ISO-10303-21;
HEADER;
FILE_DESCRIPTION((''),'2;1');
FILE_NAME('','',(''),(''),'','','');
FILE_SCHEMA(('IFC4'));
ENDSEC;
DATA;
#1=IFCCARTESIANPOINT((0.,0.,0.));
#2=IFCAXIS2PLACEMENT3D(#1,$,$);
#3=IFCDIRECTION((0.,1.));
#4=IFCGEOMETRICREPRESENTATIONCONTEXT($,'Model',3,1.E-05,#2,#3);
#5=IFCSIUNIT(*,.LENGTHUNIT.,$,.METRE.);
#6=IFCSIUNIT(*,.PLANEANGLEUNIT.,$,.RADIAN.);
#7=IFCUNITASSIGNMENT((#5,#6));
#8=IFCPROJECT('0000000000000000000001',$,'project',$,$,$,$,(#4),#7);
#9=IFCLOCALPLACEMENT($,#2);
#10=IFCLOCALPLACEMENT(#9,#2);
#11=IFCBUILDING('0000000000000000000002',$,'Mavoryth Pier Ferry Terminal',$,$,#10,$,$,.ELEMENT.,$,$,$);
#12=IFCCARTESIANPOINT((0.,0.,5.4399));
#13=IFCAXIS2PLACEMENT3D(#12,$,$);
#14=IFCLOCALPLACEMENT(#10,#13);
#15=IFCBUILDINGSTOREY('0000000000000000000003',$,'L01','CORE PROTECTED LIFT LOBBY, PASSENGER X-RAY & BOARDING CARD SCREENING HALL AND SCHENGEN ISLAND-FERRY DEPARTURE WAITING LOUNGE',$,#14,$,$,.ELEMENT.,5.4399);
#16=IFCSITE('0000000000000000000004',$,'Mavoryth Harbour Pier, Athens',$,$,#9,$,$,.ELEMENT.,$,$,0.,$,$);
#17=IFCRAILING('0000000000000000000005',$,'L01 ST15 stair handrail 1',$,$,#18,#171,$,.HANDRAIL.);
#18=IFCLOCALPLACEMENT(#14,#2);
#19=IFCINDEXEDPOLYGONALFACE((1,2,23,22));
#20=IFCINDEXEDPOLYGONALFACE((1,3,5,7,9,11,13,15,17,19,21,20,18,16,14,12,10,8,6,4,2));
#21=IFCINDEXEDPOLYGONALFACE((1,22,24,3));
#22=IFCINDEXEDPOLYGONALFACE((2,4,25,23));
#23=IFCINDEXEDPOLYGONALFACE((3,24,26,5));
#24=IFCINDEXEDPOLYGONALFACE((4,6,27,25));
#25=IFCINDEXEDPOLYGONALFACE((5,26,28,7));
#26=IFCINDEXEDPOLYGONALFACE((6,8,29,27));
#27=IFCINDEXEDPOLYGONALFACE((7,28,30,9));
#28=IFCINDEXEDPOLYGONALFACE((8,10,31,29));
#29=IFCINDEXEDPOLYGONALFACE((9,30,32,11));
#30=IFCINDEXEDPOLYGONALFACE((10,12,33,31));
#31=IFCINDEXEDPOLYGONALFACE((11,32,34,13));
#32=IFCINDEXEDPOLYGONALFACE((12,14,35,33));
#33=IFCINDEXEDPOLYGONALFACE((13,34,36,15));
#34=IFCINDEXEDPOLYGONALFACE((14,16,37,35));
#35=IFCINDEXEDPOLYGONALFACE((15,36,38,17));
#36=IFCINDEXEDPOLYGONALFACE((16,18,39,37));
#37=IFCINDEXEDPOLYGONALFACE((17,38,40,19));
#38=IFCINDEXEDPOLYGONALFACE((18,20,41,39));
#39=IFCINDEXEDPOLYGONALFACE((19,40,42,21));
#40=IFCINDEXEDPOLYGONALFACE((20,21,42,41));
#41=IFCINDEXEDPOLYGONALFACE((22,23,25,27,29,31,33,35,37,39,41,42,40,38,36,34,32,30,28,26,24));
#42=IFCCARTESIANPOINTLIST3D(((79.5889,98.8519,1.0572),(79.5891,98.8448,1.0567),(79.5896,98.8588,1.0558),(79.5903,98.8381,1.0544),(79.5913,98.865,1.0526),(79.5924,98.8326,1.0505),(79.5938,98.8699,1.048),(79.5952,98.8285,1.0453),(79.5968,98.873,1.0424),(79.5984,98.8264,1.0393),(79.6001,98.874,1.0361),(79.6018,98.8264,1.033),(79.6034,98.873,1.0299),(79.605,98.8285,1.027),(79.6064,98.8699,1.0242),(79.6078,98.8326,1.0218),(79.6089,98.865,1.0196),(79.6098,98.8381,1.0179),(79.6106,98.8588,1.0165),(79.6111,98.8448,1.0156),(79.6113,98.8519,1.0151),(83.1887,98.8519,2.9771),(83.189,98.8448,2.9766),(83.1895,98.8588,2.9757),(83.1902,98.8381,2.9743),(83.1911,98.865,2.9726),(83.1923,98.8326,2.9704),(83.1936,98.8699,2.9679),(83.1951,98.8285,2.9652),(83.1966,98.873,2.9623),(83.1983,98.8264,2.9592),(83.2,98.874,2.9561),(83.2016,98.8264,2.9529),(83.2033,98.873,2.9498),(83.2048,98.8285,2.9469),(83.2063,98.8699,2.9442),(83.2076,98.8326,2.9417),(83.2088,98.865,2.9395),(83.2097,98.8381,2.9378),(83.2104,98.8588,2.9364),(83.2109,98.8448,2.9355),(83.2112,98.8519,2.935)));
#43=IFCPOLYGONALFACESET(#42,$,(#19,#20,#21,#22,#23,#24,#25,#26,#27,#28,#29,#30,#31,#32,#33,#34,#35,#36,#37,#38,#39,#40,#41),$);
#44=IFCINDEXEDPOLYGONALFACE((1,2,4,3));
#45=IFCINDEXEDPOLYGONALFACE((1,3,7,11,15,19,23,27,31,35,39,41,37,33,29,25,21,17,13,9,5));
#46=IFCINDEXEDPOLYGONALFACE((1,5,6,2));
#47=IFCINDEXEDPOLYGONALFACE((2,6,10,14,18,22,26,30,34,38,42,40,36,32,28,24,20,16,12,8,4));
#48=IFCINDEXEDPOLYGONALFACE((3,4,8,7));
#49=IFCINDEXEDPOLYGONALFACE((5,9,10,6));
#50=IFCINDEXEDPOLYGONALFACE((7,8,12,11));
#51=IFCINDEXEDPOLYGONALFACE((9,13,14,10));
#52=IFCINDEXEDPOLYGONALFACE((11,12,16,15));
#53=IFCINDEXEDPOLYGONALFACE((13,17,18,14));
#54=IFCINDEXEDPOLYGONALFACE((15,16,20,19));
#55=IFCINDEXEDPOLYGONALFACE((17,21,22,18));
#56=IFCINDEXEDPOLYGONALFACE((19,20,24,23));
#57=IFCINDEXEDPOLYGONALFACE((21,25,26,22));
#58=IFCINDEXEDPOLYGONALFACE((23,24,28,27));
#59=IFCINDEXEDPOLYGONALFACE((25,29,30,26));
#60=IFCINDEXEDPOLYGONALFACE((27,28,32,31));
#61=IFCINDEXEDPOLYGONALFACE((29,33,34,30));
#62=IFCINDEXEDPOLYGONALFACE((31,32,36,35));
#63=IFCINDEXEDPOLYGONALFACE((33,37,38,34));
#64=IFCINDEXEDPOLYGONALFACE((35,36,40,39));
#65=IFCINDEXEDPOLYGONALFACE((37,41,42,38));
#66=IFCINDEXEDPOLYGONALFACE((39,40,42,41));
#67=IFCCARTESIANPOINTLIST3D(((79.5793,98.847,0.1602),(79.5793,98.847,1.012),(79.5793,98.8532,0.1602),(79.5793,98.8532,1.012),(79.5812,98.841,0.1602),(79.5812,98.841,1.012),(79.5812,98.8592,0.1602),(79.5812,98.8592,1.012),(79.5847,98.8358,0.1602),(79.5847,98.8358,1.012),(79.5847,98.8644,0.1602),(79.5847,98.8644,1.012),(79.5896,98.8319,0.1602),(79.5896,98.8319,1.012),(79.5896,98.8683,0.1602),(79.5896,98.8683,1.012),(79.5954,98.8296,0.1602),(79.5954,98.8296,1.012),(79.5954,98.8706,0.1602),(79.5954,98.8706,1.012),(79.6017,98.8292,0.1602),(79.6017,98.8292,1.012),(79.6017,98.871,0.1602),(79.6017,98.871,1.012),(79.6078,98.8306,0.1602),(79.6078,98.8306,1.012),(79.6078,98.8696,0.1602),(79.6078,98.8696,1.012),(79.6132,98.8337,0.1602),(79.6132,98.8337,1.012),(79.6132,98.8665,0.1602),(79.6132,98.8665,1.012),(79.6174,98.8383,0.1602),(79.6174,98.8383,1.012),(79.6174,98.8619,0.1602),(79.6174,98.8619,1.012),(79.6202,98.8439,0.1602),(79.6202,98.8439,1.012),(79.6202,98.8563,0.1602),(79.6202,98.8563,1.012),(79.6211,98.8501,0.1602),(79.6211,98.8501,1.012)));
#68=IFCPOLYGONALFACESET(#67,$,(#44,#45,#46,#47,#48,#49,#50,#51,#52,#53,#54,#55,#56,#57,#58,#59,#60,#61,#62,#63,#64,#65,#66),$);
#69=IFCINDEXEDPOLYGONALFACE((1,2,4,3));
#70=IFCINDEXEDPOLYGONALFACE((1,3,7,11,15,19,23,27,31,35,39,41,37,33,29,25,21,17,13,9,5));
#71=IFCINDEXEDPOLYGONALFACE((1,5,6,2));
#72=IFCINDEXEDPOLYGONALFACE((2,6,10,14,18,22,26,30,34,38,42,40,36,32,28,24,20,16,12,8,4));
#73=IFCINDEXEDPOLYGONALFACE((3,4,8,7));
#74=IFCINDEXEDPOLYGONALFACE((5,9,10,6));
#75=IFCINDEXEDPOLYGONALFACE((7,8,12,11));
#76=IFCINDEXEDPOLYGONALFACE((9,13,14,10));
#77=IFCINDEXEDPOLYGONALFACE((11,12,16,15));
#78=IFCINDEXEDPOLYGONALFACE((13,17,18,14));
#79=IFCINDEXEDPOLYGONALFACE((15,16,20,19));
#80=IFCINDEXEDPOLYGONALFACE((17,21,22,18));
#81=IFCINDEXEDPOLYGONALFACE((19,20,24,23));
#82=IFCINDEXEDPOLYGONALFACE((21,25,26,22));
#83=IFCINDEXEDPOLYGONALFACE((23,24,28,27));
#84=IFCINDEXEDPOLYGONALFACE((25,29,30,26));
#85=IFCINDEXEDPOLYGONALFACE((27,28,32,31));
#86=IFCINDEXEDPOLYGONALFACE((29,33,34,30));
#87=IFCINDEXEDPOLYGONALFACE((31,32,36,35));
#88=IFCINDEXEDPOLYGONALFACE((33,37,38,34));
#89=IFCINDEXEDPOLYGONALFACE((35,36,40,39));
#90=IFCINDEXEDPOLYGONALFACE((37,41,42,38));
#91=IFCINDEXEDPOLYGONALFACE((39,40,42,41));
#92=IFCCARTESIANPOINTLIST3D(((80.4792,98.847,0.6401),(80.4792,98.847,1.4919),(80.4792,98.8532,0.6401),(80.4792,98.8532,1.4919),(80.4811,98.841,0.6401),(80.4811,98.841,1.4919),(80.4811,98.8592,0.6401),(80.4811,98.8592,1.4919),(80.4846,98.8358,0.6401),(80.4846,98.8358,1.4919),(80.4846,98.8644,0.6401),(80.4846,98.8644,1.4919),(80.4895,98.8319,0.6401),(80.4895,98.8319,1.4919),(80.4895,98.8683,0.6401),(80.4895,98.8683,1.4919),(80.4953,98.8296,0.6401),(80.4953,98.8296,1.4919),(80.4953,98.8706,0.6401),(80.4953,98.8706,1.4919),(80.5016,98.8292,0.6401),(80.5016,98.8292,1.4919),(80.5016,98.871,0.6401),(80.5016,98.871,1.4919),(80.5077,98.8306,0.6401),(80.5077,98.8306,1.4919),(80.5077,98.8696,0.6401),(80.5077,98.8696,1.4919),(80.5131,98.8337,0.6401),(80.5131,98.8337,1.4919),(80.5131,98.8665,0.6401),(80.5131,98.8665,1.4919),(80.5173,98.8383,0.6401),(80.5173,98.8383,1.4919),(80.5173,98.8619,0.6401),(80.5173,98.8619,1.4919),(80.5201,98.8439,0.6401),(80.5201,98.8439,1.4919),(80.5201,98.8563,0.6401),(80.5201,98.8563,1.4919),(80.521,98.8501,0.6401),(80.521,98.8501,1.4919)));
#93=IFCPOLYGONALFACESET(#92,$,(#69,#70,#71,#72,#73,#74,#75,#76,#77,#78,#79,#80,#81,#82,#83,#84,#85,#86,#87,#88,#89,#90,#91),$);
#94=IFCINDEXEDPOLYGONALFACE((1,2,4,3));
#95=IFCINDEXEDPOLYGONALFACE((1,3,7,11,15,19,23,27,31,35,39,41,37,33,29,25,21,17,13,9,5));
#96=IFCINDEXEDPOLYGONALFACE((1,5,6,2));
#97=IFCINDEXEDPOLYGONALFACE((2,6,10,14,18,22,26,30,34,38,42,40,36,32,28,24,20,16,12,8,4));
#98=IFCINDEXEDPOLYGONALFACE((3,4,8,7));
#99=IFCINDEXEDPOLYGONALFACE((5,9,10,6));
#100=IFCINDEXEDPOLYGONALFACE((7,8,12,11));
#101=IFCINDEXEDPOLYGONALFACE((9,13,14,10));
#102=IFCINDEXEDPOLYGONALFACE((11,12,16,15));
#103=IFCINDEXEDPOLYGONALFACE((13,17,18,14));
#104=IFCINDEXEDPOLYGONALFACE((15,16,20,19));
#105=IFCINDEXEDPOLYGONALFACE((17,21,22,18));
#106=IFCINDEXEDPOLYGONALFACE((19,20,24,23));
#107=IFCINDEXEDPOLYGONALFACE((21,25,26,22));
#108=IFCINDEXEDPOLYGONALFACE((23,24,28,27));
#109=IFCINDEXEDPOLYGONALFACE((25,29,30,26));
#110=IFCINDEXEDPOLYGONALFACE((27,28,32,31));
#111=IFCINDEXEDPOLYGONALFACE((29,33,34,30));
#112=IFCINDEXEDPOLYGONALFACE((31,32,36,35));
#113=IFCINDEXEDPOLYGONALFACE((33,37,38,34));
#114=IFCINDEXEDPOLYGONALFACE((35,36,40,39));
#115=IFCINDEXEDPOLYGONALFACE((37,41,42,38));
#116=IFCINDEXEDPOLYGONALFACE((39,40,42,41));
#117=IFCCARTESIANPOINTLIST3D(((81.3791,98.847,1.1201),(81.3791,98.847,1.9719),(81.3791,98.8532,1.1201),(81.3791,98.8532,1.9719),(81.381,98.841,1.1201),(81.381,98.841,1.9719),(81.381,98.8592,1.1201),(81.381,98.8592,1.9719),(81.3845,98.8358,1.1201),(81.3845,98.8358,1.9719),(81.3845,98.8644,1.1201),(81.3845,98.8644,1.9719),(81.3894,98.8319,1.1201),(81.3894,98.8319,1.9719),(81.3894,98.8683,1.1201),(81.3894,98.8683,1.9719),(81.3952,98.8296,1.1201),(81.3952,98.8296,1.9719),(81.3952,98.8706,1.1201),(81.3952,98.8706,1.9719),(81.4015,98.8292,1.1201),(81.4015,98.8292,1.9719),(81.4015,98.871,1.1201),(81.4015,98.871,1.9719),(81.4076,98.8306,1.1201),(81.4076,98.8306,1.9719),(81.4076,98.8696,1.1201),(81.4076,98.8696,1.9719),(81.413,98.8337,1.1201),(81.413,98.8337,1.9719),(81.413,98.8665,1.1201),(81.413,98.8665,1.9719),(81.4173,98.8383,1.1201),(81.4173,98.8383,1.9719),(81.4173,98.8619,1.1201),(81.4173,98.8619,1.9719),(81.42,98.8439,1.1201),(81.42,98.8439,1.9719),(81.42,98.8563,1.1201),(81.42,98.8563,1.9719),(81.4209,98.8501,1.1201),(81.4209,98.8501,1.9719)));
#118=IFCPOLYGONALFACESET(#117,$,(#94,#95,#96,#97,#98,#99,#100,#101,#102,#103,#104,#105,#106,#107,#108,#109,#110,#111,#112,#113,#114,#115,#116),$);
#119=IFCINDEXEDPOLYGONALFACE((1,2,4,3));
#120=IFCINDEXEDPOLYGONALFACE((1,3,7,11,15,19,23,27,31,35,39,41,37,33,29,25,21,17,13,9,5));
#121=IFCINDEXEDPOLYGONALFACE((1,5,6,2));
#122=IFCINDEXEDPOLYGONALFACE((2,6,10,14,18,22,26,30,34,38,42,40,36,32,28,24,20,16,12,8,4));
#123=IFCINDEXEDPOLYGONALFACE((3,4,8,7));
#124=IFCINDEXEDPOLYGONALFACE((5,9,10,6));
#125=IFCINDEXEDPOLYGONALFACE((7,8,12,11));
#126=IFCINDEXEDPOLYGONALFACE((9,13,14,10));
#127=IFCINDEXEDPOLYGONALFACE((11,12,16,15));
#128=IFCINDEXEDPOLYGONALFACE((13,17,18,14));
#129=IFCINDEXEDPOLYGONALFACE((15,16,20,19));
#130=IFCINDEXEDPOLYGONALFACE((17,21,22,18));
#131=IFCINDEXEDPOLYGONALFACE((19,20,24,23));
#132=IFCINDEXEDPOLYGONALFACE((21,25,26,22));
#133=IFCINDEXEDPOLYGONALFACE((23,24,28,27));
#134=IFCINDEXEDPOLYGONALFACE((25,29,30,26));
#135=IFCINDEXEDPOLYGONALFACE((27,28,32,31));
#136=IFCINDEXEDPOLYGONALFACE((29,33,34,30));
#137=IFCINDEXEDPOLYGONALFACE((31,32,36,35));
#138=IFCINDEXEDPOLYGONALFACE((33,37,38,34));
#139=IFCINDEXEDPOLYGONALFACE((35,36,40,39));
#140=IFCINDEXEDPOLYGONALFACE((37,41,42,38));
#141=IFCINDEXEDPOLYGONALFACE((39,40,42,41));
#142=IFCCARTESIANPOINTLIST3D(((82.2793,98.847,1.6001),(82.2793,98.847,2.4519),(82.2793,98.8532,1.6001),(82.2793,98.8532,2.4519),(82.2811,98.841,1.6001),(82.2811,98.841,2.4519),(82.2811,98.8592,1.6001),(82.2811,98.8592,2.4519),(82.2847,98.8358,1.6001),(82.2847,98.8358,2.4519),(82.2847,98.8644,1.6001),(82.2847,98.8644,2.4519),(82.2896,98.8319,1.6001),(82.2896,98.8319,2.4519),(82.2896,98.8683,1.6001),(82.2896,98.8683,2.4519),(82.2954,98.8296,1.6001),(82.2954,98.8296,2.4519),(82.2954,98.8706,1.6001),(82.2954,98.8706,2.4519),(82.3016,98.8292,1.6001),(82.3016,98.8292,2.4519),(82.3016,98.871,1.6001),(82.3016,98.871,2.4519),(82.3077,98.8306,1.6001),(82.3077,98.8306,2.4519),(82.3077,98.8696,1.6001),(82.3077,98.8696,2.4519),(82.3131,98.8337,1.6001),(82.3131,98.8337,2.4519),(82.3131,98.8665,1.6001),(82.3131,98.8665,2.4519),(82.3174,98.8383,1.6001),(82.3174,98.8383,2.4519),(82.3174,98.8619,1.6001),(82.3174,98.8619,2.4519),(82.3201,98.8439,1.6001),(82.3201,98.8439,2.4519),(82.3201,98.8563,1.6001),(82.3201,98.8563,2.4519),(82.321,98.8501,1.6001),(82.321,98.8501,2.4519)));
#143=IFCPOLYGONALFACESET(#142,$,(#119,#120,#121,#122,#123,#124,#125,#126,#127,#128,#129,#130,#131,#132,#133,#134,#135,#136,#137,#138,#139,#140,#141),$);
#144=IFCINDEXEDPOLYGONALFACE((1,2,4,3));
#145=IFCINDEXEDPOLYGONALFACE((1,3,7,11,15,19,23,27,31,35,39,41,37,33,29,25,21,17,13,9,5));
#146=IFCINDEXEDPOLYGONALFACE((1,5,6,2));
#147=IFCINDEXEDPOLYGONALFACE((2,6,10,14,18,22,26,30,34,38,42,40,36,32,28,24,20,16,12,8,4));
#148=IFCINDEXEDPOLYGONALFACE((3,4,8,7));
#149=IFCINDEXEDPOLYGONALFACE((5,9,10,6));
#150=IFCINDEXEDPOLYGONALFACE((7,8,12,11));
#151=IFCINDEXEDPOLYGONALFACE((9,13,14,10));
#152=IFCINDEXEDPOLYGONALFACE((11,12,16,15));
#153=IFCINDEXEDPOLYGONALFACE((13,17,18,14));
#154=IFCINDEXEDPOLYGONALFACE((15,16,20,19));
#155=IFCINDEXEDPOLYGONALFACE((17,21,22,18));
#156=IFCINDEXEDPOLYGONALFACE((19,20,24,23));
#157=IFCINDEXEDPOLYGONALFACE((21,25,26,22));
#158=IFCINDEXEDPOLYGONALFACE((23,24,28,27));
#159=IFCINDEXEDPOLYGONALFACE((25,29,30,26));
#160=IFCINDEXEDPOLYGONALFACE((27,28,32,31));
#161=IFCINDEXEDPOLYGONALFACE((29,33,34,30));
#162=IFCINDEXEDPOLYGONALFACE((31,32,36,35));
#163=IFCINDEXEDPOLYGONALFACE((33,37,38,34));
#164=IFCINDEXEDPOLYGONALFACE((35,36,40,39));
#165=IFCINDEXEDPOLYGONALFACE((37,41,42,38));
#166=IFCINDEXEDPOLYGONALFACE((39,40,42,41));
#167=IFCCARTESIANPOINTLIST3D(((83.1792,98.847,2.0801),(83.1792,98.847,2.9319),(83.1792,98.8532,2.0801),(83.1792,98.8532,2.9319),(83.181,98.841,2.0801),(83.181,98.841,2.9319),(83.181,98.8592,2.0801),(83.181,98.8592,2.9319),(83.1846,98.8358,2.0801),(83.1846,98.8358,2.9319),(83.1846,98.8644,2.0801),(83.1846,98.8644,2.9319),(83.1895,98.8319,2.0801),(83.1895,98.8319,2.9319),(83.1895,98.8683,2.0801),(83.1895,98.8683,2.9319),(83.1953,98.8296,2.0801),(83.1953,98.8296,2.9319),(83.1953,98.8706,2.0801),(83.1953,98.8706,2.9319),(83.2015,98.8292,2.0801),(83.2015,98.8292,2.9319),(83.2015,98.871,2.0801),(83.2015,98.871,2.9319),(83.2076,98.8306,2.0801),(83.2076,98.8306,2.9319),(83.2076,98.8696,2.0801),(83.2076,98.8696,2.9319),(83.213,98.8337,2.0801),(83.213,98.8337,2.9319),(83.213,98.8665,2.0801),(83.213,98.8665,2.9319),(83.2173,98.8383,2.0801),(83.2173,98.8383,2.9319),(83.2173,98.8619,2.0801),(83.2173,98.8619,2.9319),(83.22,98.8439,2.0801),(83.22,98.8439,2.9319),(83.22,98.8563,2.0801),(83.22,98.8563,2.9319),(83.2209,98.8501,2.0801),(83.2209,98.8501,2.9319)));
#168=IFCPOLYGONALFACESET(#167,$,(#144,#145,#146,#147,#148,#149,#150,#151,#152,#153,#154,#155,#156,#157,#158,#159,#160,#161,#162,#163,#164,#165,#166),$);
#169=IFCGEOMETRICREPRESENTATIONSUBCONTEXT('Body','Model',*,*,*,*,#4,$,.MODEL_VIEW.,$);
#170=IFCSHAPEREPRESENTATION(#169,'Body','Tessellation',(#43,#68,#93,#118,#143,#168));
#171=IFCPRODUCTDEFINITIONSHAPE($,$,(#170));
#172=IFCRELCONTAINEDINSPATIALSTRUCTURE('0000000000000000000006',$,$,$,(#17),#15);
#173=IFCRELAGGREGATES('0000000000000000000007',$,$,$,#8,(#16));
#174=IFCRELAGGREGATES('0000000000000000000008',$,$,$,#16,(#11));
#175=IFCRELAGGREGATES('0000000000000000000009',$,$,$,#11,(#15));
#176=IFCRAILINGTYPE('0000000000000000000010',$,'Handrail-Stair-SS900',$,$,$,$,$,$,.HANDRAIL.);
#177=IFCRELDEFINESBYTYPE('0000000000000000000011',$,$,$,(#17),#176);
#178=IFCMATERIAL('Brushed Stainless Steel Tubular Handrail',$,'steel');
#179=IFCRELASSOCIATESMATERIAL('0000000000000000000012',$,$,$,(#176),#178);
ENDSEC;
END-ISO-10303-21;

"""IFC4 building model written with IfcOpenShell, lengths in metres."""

from ifc_helpers import new_model, si_unit, direction, frame, origin, origin_2d, place, context, subcontext, project, spatial, circle, extrude, material, type_object, element, save


model = new_model("IFC4")

# Units and contexts
model_context = context("Model", 3, precision=1e-05, world=origin(), true_north=direction((0.0, 1.0)))
body_context = subcontext(model_context, "Body", "Model", "MODEL_VIEW")
ifc_project = project(units=[si_unit("LENGTHUNIT", "METRE"), si_unit("PLANEANGLEUNIT", "RADIAN")], contexts=[model_context])

# Site, building, storey
site_placement = place(None, origin())
site = spatial("IfcSite", under=ifc_project, at=site_placement, Name="Mavoryth Harbour Pier, Athens", CompositionType="ELEMENT", RefElevation=0.0)
building_placement = place(site_placement, origin())
building = spatial("IfcBuilding", under=site, at=building_placement, Name="Mavoryth Pier Ferry Terminal", CompositionType="ELEMENT")
storey_placement = place(building_placement, frame((0.0, 0.0, 5.4399)))
storey = spatial("IfcBuildingStorey", under=building, at=storey_placement, Name="L01", Description="CORE PROTECTED LIFT LOBBY, PASSENGER X-RAY & BOARDING CARD SCREENING HALL AND SCHENGEN ISLAND-FERRY DEPARTURE WAITING LOUNGE", CompositionType="ELEMENT", Elevation=5.4399)

# Railing
ifc_material_1 = material(Name="Brushed Stainless Steel Tubular Handrail", Category="steel")
railing_type_1 = type_object("IfcRailingType", Name="Handrail-Stair-SS900", PredefinedType="HANDRAIL", material=ifc_material_1)
railing_1_placement = place(storey_placement, frame((79.6001, 98.8501, 0.1602)))
element("IfcRailing", 1, at=railing_1_placement, inside=storey, type_object=railing_type_1, Name="L01 ST15 stair handrail 1", PredefinedType="HANDRAIL", context=body_context, shape_type="SweptSolid", body=[
    extrude(circle(Radius=0.0239, at=origin_2d()), frame((0.0, 0.0, 0.876), z_axis=(0.882353, 0.0, 0.470588), x_axis=(0.0, 1.0, 0.0)), (0.0, 0.0, 1.0), 4.0798),
    extrude(circle(Radius=0.021, at=origin_2d()), origin(), (0.0, 0.0, 1.0), 0.8518),
    extrude(circle(Radius=0.021, at=origin_2d()), frame((0.8999, 0.0, 0.48)), (0.0, 0.0, 1.0), 0.8518),
    extrude(circle(Radius=0.021, at=origin_2d()), frame((1.7998, 0.0, 0.96)), (0.0, 0.0, 1.0), 0.8518),
    extrude(circle(Radius=0.021, at=origin_2d()), frame((2.7, 0.0, 1.4399)), (0.0, 0.0, 1.0), 0.8518),
    extrude(circle(Radius=0.021, at=origin_2d()), frame((3.5999, 0.0, 1.9199)), (0.0, 0.0, 1.0), 0.8518),
])

save(model, "model.ifc")
